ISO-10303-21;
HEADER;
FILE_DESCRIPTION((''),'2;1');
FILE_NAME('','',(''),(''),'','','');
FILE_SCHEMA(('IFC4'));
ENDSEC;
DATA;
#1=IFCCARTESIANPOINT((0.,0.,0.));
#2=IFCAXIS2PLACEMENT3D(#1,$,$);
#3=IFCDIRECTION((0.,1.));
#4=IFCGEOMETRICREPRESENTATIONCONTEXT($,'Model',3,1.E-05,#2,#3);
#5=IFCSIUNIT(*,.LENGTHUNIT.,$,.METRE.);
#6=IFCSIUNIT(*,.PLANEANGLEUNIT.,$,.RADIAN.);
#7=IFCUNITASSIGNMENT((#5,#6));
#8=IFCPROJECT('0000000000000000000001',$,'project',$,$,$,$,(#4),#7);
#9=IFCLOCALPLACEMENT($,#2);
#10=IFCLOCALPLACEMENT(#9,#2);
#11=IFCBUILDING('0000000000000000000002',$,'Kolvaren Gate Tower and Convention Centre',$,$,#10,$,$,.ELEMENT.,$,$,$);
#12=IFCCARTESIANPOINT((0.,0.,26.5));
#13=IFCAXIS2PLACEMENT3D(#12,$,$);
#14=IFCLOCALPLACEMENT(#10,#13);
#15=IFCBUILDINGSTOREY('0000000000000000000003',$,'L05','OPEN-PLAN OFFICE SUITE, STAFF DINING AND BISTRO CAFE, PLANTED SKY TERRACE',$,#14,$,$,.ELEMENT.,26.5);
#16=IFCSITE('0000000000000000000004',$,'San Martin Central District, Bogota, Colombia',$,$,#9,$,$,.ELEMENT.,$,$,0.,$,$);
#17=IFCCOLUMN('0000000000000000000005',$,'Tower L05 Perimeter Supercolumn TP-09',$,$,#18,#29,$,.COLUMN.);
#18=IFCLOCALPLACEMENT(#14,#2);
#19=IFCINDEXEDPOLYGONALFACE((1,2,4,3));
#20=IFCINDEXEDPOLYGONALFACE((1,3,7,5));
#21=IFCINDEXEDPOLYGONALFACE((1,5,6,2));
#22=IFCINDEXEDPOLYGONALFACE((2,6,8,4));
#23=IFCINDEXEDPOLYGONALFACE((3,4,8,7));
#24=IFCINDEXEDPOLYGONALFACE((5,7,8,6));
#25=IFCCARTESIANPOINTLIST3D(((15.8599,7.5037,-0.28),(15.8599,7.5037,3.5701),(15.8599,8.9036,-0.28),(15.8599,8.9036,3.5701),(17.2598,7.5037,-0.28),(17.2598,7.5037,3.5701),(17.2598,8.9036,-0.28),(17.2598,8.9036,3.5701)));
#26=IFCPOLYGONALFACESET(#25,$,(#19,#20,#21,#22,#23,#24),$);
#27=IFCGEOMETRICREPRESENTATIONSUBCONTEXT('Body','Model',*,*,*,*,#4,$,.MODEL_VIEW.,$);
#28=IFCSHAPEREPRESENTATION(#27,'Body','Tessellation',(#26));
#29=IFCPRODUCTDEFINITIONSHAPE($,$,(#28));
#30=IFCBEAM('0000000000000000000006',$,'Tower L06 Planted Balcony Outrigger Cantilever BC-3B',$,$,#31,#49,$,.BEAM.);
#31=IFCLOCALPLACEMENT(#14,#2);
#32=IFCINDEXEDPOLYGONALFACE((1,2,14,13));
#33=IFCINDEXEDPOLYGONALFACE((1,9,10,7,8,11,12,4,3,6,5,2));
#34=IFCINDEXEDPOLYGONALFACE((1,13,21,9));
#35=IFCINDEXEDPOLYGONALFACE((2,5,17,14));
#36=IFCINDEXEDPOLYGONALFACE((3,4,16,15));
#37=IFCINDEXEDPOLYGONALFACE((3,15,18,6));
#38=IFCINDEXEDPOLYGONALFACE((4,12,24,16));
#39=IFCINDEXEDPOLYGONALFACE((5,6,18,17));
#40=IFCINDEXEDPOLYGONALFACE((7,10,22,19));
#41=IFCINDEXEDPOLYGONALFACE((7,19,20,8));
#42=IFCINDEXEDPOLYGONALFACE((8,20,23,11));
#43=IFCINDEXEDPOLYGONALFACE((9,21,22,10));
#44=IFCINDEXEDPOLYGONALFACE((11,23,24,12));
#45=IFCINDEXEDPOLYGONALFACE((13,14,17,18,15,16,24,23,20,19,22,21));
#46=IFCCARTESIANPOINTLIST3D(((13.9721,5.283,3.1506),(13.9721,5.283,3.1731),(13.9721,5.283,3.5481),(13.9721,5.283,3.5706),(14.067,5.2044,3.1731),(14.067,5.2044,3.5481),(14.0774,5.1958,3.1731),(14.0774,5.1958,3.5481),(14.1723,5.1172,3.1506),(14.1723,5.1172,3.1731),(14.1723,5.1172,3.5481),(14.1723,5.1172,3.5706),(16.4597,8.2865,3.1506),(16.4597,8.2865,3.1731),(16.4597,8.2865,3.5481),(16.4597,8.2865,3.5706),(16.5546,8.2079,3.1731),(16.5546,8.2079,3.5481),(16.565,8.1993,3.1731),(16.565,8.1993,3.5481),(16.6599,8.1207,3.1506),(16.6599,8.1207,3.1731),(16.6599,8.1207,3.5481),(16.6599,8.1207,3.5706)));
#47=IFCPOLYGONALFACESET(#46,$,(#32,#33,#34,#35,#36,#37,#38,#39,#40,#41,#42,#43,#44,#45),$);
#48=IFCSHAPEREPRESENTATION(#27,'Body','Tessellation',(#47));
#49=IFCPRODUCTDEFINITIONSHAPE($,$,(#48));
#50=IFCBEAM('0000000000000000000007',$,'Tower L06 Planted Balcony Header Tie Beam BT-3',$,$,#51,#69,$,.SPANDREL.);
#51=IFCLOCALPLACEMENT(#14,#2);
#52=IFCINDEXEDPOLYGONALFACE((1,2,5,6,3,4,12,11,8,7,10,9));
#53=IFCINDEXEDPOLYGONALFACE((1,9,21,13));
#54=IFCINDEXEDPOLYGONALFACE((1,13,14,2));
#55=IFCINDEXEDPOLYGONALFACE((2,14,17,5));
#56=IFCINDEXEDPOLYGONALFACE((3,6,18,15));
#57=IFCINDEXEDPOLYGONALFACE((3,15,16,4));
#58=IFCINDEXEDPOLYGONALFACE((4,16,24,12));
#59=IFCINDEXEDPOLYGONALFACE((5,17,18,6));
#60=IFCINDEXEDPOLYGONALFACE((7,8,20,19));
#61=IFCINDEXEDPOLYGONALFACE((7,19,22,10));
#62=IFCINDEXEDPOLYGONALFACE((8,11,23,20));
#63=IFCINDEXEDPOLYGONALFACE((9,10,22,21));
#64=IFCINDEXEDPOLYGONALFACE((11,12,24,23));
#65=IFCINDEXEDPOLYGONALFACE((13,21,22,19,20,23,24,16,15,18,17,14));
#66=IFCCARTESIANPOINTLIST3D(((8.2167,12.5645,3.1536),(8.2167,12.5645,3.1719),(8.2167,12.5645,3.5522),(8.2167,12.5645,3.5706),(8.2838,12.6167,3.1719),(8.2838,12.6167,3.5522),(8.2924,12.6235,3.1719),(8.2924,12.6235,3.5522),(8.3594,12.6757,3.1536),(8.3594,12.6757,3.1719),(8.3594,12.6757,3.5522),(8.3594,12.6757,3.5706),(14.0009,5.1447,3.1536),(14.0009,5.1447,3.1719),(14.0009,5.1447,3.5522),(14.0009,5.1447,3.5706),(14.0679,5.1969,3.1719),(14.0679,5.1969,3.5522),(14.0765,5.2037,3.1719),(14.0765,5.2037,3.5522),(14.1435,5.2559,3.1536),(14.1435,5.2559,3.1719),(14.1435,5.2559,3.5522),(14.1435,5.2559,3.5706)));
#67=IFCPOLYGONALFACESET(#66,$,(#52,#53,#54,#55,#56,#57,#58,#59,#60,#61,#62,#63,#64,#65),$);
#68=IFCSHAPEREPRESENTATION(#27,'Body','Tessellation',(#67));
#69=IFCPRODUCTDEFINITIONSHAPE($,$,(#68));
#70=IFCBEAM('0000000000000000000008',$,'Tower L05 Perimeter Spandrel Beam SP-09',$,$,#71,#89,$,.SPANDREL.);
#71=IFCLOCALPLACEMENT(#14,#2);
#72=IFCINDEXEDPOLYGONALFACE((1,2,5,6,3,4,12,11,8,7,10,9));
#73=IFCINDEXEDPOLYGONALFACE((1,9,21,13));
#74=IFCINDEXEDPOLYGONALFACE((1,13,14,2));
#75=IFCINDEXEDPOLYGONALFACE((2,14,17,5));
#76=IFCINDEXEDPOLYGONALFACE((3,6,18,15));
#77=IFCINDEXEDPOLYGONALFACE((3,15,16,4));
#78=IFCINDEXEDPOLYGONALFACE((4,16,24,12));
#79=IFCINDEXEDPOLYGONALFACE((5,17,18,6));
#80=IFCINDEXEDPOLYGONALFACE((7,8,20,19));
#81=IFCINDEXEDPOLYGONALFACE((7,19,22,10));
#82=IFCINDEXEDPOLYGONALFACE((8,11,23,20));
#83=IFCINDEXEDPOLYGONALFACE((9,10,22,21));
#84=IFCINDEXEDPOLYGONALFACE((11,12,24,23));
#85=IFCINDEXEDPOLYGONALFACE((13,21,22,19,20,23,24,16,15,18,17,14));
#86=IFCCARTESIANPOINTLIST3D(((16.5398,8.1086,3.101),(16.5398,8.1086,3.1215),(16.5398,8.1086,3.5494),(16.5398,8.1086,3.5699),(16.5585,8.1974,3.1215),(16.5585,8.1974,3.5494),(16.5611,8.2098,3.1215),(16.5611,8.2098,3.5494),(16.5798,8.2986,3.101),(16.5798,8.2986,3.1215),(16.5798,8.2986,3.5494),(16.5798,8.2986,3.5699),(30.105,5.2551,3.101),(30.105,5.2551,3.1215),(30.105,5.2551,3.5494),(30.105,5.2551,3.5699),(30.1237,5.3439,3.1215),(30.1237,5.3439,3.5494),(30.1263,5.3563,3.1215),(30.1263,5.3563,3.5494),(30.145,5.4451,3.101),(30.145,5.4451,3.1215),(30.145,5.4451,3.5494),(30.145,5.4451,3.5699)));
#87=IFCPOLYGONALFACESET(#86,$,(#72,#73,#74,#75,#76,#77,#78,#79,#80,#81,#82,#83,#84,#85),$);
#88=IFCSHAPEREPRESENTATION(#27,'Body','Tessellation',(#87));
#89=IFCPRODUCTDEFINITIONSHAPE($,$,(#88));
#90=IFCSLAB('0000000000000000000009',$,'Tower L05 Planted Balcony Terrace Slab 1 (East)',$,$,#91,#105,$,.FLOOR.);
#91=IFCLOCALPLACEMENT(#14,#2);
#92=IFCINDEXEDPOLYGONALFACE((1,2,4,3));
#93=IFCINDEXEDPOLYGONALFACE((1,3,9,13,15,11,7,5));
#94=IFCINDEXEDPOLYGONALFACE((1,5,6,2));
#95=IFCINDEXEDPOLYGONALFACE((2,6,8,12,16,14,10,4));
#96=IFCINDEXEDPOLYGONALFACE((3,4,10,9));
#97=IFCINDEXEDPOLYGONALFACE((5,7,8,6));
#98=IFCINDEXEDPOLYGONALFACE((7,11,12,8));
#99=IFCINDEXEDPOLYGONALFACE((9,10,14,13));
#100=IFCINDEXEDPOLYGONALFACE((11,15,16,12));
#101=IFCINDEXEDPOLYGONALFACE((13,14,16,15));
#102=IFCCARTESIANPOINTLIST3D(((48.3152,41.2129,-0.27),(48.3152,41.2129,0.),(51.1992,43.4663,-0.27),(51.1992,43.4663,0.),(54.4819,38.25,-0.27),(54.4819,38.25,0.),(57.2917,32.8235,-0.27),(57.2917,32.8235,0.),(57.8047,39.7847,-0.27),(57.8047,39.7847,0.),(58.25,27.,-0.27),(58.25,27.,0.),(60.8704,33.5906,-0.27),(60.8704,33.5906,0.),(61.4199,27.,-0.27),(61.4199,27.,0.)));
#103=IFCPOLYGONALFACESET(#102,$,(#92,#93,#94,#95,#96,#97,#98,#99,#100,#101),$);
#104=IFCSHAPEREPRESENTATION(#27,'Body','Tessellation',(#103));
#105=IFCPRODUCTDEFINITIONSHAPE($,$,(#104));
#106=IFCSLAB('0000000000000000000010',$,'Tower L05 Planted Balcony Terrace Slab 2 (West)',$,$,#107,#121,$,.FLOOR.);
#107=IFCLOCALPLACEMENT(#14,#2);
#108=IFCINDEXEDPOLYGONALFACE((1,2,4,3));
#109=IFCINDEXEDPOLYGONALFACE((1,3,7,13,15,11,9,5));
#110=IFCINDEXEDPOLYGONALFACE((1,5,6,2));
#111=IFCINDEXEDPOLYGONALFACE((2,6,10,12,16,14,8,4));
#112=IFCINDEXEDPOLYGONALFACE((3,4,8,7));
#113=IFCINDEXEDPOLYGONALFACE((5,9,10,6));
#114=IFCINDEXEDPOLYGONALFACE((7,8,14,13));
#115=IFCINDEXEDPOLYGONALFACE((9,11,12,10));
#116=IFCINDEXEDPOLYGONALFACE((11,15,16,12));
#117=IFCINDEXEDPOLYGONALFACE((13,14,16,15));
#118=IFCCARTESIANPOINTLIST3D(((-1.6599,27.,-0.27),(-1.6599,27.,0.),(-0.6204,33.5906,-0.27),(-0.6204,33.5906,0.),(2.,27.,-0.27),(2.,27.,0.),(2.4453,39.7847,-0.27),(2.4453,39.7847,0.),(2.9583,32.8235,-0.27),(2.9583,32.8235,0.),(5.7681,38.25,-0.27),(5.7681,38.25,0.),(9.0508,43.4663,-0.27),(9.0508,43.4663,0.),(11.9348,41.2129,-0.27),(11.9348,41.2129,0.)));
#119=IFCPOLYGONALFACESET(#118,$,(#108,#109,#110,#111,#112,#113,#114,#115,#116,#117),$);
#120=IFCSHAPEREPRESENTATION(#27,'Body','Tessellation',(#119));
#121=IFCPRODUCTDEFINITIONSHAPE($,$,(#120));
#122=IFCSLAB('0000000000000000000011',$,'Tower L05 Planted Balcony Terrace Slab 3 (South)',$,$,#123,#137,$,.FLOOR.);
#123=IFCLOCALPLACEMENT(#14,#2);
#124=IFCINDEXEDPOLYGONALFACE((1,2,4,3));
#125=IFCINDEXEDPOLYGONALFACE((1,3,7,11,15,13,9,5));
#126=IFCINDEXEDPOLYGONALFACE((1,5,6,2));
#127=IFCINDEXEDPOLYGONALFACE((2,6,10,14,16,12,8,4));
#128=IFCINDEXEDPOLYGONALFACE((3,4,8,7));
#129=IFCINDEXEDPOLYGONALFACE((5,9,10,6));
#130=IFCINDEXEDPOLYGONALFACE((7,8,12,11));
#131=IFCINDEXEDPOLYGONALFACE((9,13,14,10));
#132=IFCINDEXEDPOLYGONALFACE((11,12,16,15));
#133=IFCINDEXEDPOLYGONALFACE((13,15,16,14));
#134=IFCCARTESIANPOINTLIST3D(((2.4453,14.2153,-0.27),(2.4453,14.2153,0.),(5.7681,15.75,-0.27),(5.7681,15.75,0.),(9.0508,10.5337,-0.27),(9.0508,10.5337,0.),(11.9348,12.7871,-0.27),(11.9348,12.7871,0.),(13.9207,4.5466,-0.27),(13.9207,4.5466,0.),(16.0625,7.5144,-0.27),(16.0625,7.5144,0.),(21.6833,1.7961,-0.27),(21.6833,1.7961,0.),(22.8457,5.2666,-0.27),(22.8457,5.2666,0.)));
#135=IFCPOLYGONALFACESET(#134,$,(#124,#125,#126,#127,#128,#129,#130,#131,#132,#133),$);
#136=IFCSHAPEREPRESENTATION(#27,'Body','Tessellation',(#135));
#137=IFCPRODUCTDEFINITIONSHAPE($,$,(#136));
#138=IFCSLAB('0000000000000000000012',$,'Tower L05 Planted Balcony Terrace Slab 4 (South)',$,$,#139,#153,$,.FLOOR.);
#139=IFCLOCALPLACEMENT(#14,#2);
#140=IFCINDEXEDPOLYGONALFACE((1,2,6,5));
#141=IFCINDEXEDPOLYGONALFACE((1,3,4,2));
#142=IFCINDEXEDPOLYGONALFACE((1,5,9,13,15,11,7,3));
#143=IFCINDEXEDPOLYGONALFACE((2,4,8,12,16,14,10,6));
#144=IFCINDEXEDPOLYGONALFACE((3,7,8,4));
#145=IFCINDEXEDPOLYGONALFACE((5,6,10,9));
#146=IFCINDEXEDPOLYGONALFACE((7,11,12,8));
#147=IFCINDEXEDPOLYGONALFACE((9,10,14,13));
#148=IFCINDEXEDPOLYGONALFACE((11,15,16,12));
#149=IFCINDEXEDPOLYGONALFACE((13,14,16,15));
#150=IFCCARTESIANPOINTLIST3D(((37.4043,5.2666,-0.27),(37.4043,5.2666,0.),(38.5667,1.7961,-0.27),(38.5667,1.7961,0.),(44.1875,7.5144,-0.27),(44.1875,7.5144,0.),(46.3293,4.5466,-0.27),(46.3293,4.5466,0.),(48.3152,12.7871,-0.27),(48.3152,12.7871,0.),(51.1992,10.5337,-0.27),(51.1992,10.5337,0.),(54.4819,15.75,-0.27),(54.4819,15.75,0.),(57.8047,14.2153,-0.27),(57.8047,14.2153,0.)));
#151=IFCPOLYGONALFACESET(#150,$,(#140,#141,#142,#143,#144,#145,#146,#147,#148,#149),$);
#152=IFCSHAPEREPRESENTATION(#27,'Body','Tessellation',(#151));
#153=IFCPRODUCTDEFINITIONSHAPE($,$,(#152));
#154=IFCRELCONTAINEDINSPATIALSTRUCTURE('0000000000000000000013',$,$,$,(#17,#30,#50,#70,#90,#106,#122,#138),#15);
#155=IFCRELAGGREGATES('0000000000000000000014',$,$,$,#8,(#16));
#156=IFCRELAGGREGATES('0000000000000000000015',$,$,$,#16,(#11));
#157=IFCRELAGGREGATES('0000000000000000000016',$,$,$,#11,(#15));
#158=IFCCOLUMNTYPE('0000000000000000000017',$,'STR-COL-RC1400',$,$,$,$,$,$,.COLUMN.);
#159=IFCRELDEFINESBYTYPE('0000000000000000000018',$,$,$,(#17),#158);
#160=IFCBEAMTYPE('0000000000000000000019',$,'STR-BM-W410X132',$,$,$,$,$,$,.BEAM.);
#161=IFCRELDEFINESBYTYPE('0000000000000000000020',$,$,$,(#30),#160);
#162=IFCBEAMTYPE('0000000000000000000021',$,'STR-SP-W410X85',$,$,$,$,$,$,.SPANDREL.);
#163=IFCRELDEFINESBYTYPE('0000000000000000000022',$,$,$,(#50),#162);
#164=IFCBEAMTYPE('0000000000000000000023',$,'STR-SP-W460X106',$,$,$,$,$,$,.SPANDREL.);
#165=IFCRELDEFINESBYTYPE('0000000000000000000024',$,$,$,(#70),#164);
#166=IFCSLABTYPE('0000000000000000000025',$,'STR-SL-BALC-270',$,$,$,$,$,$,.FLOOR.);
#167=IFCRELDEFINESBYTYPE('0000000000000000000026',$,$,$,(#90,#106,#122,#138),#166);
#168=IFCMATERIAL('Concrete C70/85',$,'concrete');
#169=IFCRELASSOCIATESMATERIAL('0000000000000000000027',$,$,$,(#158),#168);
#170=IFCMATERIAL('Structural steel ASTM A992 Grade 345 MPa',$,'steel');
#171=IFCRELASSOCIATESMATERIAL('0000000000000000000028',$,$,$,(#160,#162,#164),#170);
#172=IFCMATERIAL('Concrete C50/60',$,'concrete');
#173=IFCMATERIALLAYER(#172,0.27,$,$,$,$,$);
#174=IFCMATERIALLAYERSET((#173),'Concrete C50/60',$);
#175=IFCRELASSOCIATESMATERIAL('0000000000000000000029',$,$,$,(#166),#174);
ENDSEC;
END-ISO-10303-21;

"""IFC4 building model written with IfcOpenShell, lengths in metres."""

from ifc_helpers import new_model, si_unit, direction, frame, origin, origin_2d, place, context, subcontext, project, spatial, polyline, rectangle, i_section, outline, extrude, material, layer, layer_set, material_profile, profile_set, type_object, element, save


model = new_model("IFC4")

# Units and contexts
model_context = context("Model", 3, precision=1e-05, world=origin(), true_north=direction((0.0, 1.0)))
body_context = subcontext(model_context, "Body", "Model", "MODEL_VIEW")
ifc_project = project(units=[si_unit("LENGTHUNIT", "METRE"), si_unit("PLANEANGLEUNIT", "RADIAN")], contexts=[model_context])

# Site, building, storey
site_placement = place(None, origin())
site = spatial("IfcSite", under=ifc_project, at=site_placement, Name="San Martin Central District, Bogota, Colombia", CompositionType="ELEMENT", RefElevation=0.0)
building_placement = place(site_placement, origin())
building = spatial("IfcBuilding", under=site, at=building_placement, Name="Kolvaren Gate Tower and Convention Centre", CompositionType="ELEMENT")
storey_placement = place(building_placement, frame((0.0, 0.0, 26.5)))
storey = spatial("IfcBuildingStorey", under=building, at=storey_placement, Name="L05", Description="OPEN-PLAN OFFICE SUITE, STAFF DINING AND BISTRO CAFE, PLANTED SKY TERRACE", CompositionType="ELEMENT", Elevation=26.5)

# Column
ifc_material_1 = material(Name="Concrete C70/85", Category="concrete")
ifc_material_profile_1 = material_profile(ifc_material_1, rectangle(XDim=1.3999, YDim=1.3999, at=origin_2d()), Name="RC-COL-1400X1400")
ifc_profile_set_1 = profile_set([ifc_material_profile_1], Name="Concrete C70/85")
column_type = type_object("IfcColumnType", Name="STR-COL-RC1400", PredefinedType="COLUMN", material=ifc_profile_set_1)
column_placement = place(storey_placement, frame((16.5598, 8.2036, -0.28), z_axis=(0.0, 0.0, 1.0), x_axis=(1.0, 0.0, 0.0)))
element("IfcColumn", 1, at=column_placement, inside=storey, type_object=column_type, Name="Tower L05 Perimeter Supercolumn TP-09", PredefinedType="COLUMN", context=body_context, shape_type="SweptSolid", body=[
    extrude(rectangle(XDim=1.3999, YDim=1.3999, at=origin_2d()), origin(), (0.0, 0.0, 1.0), 3.8501),
])

# Beams
ifc_material_2 = material(Name="Structural steel ASTM A992 Grade 345 MPa", Category="steel")
ifc_material_profile_2 = material_profile(ifc_material_2, i_section(OverallWidth=0.26, OverallDepth=0.4199, WebThickness=0.0134, FlangeThickness=0.0225, at=origin_2d()), Name="W410X132")
ifc_profile_set_2 = profile_set([ifc_material_profile_2], Name="Structural steel ASTM A992 Grade 345 MPa")
beam_type_1 = type_object("IfcBeamType", Name="STR-BM-W410X132", PredefinedType="BEAM", material=ifc_profile_set_2)
beam_1_placement = place(storey_placement, frame((16.5598, 8.2036, 3.3606), z_axis=(-0.637866, -0.770147, 0.0), x_axis=(0.770147, -0.637866, 0.0)))
element("IfcBeam", 2, at=beam_1_placement, inside=storey, type_object=beam_type_1, Name="Tower L06 Planted Balcony Outrigger Cantilever BC-3B", PredefinedType="BEAM", context=body_context, shape_type="SweptSolid", body=[
    extrude(i_section(OverallWidth=0.26, OverallDepth=0.4199, WebThickness=0.0134, FlangeThickness=0.0225, at=origin_2d()), origin(), (0.0, 0.0, 1.0), 3.8999),
])
ifc_material_profile_3 = material_profile(ifc_material_2, i_section(OverallWidth=0.1809, OverallDepth=0.417, WebThickness=0.011, FlangeThickness=0.0183, at=origin_2d()), Name="W410X85")
ifc_profile_set_3 = profile_set([ifc_material_profile_3], Name="Structural steel ASTM A992 Grade 345 MPa")
beam_type_2 = type_object("IfcBeamType", Name="STR-SP-W410X85", PredefinedType="SPANDREL", material=ifc_profile_set_3)
beam_2_placement = place(storey_placement, frame((8.2881, 12.6201, 3.3621), z_axis=(0.61481, -0.788675, 0.0), x_axis=(0.788675, 0.61481, 0.0)))
element("IfcBeam", 3, at=beam_2_placement, inside=storey, type_object=beam_type_2, Name="Tower L06 Planted Balcony Header Tie Beam BT-3", PredefinedType="SPANDREL", context=body_context, shape_type="SweptSolid", body=[
    extrude(i_section(OverallWidth=0.1809, OverallDepth=0.417, WebThickness=0.011, FlangeThickness=0.0183, at=origin_2d()), origin(), (0.0, 0.0, 1.0), 9.408),
])
ifc_material_profile_4 = material_profile(ifc_material_2, i_section(OverallWidth=0.1941, OverallDepth=0.469, WebThickness=0.0127, FlangeThickness=0.0205, at=origin_2d()), Name="W460X106")
ifc_profile_set_4 = profile_set([ifc_material_profile_4], Name="Structural steel ASTM A992 Grade 345 MPa")
beam_type_3 = type_object("IfcBeamType", Name="STR-SP-W460X106", PredefinedType="SPANDREL", material=ifc_profile_set_4)
beam_3_placement = place(storey_placement, frame((16.5598, 8.2036, 3.3354), z_axis=(0.978583, -0.205851, 0.0), x_axis=(0.205851, 0.978583, 0.0)))
element("IfcBeam", 4, at=beam_3_placement, inside=storey, type_object=beam_type_3, Name="Tower L05 Perimeter Spandrel Beam SP-09", PredefinedType="SPANDREL", context=body_context, shape_type="SweptSolid", body=[
    extrude(i_section(OverallWidth=0.1941, OverallDepth=0.469, WebThickness=0.0127, FlangeThickness=0.0205, at=origin_2d()), origin(), (0.0, 0.0, 1.0), 13.8621),
])

# Slabs
ifc_material_3 = material(Name="Concrete C50/60", Category="concrete")
ifc_layer_1 = layer(ifc_material_3, 0.27)
ifc_layer_set_1 = layer_set([ifc_layer_1], Name="Concrete C50/60")
slab_type_1 = type_object("IfcSlabType", Name="STR-SL-BALC-270", PredefinedType="FLOOR", material=ifc_layer_set_1)
slab_1_placement = place(storey_placement, frame((0.0, 0.0, -0.27)))
element("IfcSlab", 5, at=slab_1_placement, inside=storey, type_object=slab_type_1, Name="Tower L05 Planted Balcony Terrace Slab 1 (East)", PredefinedType="FLOOR", context=body_context, shape_type="SweptSolid", body=[
    extrude(outline(polyline([(58.25, 27.0), (57.2917, 32.8235), (54.4819, 38.25), (48.3152, 41.2129), (51.1992, 43.4663), (57.8047, 39.7847), (60.8704, 33.5906), (61.4199, 27.0), (58.25, 27.0)])), origin(), (0.0, 0.0, 1.0), 0.27),
])
slab_2_placement = place(storey_placement, frame((0.0, 0.0, -0.27)))
element("IfcSlab", 6, at=slab_2_placement, inside=storey, type_object=slab_type_1, Name="Tower L05 Planted Balcony Terrace Slab 2 (West)", PredefinedType="FLOOR", context=body_context, shape_type="SweptSolid", body=[
    extrude(outline(polyline([(11.9348, 41.2129), (5.7681, 38.25), (2.9583, 32.8235), (2.0, 27.0), (-1.6599, 27.0), (-0.6204, 33.5906), (2.4453, 39.7847), (9.0508, 43.4663), (11.9348, 41.2129)])), origin(), (0.0, 0.0, 1.0), 0.27),
])
slab_3_placement = place(storey_placement, frame((0.0, 0.0, -0.27)))
element("IfcSlab", 7, at=slab_3_placement, inside=storey, type_object=slab_type_1, Name="Tower L05 Planted Balcony Terrace Slab 3 (South)", PredefinedType="FLOOR", context=body_context, shape_type="SweptSolid", body=[
    extrude(outline(polyline([(5.7681, 15.75), (11.9348, 12.7871), (16.0625, 7.5144), (22.8457, 5.2666), (21.6833, 1.7961), (13.9207, 4.5466), (9.0508, 10.5337), (2.4453, 14.2153), (5.7681, 15.75)])), origin(), (0.0, 0.0, 1.0), 0.27),
])
slab_4_placement = place(storey_placement, frame((0.0, 0.0, -0.27)))
element("IfcSlab", 8, at=slab_4_placement, inside=storey, type_object=slab_type_1, Name="Tower L05 Planted Balcony Terrace Slab 4 (South)", PredefinedType="FLOOR", context=body_context, shape_type="SweptSolid", body=[
    extrude(outline(polyline([(37.4043, 5.2666), (44.1875, 7.5144), (48.3152, 12.7871), (54.4819, 15.75), (57.8047, 14.2153), (51.1992, 10.5337), (46.3293, 4.5466), (38.5667, 1.7961), (37.4043, 5.2666)])), origin(), (0.0, 0.0, 1.0), 0.27),
])

save(model, "model.ifc")
